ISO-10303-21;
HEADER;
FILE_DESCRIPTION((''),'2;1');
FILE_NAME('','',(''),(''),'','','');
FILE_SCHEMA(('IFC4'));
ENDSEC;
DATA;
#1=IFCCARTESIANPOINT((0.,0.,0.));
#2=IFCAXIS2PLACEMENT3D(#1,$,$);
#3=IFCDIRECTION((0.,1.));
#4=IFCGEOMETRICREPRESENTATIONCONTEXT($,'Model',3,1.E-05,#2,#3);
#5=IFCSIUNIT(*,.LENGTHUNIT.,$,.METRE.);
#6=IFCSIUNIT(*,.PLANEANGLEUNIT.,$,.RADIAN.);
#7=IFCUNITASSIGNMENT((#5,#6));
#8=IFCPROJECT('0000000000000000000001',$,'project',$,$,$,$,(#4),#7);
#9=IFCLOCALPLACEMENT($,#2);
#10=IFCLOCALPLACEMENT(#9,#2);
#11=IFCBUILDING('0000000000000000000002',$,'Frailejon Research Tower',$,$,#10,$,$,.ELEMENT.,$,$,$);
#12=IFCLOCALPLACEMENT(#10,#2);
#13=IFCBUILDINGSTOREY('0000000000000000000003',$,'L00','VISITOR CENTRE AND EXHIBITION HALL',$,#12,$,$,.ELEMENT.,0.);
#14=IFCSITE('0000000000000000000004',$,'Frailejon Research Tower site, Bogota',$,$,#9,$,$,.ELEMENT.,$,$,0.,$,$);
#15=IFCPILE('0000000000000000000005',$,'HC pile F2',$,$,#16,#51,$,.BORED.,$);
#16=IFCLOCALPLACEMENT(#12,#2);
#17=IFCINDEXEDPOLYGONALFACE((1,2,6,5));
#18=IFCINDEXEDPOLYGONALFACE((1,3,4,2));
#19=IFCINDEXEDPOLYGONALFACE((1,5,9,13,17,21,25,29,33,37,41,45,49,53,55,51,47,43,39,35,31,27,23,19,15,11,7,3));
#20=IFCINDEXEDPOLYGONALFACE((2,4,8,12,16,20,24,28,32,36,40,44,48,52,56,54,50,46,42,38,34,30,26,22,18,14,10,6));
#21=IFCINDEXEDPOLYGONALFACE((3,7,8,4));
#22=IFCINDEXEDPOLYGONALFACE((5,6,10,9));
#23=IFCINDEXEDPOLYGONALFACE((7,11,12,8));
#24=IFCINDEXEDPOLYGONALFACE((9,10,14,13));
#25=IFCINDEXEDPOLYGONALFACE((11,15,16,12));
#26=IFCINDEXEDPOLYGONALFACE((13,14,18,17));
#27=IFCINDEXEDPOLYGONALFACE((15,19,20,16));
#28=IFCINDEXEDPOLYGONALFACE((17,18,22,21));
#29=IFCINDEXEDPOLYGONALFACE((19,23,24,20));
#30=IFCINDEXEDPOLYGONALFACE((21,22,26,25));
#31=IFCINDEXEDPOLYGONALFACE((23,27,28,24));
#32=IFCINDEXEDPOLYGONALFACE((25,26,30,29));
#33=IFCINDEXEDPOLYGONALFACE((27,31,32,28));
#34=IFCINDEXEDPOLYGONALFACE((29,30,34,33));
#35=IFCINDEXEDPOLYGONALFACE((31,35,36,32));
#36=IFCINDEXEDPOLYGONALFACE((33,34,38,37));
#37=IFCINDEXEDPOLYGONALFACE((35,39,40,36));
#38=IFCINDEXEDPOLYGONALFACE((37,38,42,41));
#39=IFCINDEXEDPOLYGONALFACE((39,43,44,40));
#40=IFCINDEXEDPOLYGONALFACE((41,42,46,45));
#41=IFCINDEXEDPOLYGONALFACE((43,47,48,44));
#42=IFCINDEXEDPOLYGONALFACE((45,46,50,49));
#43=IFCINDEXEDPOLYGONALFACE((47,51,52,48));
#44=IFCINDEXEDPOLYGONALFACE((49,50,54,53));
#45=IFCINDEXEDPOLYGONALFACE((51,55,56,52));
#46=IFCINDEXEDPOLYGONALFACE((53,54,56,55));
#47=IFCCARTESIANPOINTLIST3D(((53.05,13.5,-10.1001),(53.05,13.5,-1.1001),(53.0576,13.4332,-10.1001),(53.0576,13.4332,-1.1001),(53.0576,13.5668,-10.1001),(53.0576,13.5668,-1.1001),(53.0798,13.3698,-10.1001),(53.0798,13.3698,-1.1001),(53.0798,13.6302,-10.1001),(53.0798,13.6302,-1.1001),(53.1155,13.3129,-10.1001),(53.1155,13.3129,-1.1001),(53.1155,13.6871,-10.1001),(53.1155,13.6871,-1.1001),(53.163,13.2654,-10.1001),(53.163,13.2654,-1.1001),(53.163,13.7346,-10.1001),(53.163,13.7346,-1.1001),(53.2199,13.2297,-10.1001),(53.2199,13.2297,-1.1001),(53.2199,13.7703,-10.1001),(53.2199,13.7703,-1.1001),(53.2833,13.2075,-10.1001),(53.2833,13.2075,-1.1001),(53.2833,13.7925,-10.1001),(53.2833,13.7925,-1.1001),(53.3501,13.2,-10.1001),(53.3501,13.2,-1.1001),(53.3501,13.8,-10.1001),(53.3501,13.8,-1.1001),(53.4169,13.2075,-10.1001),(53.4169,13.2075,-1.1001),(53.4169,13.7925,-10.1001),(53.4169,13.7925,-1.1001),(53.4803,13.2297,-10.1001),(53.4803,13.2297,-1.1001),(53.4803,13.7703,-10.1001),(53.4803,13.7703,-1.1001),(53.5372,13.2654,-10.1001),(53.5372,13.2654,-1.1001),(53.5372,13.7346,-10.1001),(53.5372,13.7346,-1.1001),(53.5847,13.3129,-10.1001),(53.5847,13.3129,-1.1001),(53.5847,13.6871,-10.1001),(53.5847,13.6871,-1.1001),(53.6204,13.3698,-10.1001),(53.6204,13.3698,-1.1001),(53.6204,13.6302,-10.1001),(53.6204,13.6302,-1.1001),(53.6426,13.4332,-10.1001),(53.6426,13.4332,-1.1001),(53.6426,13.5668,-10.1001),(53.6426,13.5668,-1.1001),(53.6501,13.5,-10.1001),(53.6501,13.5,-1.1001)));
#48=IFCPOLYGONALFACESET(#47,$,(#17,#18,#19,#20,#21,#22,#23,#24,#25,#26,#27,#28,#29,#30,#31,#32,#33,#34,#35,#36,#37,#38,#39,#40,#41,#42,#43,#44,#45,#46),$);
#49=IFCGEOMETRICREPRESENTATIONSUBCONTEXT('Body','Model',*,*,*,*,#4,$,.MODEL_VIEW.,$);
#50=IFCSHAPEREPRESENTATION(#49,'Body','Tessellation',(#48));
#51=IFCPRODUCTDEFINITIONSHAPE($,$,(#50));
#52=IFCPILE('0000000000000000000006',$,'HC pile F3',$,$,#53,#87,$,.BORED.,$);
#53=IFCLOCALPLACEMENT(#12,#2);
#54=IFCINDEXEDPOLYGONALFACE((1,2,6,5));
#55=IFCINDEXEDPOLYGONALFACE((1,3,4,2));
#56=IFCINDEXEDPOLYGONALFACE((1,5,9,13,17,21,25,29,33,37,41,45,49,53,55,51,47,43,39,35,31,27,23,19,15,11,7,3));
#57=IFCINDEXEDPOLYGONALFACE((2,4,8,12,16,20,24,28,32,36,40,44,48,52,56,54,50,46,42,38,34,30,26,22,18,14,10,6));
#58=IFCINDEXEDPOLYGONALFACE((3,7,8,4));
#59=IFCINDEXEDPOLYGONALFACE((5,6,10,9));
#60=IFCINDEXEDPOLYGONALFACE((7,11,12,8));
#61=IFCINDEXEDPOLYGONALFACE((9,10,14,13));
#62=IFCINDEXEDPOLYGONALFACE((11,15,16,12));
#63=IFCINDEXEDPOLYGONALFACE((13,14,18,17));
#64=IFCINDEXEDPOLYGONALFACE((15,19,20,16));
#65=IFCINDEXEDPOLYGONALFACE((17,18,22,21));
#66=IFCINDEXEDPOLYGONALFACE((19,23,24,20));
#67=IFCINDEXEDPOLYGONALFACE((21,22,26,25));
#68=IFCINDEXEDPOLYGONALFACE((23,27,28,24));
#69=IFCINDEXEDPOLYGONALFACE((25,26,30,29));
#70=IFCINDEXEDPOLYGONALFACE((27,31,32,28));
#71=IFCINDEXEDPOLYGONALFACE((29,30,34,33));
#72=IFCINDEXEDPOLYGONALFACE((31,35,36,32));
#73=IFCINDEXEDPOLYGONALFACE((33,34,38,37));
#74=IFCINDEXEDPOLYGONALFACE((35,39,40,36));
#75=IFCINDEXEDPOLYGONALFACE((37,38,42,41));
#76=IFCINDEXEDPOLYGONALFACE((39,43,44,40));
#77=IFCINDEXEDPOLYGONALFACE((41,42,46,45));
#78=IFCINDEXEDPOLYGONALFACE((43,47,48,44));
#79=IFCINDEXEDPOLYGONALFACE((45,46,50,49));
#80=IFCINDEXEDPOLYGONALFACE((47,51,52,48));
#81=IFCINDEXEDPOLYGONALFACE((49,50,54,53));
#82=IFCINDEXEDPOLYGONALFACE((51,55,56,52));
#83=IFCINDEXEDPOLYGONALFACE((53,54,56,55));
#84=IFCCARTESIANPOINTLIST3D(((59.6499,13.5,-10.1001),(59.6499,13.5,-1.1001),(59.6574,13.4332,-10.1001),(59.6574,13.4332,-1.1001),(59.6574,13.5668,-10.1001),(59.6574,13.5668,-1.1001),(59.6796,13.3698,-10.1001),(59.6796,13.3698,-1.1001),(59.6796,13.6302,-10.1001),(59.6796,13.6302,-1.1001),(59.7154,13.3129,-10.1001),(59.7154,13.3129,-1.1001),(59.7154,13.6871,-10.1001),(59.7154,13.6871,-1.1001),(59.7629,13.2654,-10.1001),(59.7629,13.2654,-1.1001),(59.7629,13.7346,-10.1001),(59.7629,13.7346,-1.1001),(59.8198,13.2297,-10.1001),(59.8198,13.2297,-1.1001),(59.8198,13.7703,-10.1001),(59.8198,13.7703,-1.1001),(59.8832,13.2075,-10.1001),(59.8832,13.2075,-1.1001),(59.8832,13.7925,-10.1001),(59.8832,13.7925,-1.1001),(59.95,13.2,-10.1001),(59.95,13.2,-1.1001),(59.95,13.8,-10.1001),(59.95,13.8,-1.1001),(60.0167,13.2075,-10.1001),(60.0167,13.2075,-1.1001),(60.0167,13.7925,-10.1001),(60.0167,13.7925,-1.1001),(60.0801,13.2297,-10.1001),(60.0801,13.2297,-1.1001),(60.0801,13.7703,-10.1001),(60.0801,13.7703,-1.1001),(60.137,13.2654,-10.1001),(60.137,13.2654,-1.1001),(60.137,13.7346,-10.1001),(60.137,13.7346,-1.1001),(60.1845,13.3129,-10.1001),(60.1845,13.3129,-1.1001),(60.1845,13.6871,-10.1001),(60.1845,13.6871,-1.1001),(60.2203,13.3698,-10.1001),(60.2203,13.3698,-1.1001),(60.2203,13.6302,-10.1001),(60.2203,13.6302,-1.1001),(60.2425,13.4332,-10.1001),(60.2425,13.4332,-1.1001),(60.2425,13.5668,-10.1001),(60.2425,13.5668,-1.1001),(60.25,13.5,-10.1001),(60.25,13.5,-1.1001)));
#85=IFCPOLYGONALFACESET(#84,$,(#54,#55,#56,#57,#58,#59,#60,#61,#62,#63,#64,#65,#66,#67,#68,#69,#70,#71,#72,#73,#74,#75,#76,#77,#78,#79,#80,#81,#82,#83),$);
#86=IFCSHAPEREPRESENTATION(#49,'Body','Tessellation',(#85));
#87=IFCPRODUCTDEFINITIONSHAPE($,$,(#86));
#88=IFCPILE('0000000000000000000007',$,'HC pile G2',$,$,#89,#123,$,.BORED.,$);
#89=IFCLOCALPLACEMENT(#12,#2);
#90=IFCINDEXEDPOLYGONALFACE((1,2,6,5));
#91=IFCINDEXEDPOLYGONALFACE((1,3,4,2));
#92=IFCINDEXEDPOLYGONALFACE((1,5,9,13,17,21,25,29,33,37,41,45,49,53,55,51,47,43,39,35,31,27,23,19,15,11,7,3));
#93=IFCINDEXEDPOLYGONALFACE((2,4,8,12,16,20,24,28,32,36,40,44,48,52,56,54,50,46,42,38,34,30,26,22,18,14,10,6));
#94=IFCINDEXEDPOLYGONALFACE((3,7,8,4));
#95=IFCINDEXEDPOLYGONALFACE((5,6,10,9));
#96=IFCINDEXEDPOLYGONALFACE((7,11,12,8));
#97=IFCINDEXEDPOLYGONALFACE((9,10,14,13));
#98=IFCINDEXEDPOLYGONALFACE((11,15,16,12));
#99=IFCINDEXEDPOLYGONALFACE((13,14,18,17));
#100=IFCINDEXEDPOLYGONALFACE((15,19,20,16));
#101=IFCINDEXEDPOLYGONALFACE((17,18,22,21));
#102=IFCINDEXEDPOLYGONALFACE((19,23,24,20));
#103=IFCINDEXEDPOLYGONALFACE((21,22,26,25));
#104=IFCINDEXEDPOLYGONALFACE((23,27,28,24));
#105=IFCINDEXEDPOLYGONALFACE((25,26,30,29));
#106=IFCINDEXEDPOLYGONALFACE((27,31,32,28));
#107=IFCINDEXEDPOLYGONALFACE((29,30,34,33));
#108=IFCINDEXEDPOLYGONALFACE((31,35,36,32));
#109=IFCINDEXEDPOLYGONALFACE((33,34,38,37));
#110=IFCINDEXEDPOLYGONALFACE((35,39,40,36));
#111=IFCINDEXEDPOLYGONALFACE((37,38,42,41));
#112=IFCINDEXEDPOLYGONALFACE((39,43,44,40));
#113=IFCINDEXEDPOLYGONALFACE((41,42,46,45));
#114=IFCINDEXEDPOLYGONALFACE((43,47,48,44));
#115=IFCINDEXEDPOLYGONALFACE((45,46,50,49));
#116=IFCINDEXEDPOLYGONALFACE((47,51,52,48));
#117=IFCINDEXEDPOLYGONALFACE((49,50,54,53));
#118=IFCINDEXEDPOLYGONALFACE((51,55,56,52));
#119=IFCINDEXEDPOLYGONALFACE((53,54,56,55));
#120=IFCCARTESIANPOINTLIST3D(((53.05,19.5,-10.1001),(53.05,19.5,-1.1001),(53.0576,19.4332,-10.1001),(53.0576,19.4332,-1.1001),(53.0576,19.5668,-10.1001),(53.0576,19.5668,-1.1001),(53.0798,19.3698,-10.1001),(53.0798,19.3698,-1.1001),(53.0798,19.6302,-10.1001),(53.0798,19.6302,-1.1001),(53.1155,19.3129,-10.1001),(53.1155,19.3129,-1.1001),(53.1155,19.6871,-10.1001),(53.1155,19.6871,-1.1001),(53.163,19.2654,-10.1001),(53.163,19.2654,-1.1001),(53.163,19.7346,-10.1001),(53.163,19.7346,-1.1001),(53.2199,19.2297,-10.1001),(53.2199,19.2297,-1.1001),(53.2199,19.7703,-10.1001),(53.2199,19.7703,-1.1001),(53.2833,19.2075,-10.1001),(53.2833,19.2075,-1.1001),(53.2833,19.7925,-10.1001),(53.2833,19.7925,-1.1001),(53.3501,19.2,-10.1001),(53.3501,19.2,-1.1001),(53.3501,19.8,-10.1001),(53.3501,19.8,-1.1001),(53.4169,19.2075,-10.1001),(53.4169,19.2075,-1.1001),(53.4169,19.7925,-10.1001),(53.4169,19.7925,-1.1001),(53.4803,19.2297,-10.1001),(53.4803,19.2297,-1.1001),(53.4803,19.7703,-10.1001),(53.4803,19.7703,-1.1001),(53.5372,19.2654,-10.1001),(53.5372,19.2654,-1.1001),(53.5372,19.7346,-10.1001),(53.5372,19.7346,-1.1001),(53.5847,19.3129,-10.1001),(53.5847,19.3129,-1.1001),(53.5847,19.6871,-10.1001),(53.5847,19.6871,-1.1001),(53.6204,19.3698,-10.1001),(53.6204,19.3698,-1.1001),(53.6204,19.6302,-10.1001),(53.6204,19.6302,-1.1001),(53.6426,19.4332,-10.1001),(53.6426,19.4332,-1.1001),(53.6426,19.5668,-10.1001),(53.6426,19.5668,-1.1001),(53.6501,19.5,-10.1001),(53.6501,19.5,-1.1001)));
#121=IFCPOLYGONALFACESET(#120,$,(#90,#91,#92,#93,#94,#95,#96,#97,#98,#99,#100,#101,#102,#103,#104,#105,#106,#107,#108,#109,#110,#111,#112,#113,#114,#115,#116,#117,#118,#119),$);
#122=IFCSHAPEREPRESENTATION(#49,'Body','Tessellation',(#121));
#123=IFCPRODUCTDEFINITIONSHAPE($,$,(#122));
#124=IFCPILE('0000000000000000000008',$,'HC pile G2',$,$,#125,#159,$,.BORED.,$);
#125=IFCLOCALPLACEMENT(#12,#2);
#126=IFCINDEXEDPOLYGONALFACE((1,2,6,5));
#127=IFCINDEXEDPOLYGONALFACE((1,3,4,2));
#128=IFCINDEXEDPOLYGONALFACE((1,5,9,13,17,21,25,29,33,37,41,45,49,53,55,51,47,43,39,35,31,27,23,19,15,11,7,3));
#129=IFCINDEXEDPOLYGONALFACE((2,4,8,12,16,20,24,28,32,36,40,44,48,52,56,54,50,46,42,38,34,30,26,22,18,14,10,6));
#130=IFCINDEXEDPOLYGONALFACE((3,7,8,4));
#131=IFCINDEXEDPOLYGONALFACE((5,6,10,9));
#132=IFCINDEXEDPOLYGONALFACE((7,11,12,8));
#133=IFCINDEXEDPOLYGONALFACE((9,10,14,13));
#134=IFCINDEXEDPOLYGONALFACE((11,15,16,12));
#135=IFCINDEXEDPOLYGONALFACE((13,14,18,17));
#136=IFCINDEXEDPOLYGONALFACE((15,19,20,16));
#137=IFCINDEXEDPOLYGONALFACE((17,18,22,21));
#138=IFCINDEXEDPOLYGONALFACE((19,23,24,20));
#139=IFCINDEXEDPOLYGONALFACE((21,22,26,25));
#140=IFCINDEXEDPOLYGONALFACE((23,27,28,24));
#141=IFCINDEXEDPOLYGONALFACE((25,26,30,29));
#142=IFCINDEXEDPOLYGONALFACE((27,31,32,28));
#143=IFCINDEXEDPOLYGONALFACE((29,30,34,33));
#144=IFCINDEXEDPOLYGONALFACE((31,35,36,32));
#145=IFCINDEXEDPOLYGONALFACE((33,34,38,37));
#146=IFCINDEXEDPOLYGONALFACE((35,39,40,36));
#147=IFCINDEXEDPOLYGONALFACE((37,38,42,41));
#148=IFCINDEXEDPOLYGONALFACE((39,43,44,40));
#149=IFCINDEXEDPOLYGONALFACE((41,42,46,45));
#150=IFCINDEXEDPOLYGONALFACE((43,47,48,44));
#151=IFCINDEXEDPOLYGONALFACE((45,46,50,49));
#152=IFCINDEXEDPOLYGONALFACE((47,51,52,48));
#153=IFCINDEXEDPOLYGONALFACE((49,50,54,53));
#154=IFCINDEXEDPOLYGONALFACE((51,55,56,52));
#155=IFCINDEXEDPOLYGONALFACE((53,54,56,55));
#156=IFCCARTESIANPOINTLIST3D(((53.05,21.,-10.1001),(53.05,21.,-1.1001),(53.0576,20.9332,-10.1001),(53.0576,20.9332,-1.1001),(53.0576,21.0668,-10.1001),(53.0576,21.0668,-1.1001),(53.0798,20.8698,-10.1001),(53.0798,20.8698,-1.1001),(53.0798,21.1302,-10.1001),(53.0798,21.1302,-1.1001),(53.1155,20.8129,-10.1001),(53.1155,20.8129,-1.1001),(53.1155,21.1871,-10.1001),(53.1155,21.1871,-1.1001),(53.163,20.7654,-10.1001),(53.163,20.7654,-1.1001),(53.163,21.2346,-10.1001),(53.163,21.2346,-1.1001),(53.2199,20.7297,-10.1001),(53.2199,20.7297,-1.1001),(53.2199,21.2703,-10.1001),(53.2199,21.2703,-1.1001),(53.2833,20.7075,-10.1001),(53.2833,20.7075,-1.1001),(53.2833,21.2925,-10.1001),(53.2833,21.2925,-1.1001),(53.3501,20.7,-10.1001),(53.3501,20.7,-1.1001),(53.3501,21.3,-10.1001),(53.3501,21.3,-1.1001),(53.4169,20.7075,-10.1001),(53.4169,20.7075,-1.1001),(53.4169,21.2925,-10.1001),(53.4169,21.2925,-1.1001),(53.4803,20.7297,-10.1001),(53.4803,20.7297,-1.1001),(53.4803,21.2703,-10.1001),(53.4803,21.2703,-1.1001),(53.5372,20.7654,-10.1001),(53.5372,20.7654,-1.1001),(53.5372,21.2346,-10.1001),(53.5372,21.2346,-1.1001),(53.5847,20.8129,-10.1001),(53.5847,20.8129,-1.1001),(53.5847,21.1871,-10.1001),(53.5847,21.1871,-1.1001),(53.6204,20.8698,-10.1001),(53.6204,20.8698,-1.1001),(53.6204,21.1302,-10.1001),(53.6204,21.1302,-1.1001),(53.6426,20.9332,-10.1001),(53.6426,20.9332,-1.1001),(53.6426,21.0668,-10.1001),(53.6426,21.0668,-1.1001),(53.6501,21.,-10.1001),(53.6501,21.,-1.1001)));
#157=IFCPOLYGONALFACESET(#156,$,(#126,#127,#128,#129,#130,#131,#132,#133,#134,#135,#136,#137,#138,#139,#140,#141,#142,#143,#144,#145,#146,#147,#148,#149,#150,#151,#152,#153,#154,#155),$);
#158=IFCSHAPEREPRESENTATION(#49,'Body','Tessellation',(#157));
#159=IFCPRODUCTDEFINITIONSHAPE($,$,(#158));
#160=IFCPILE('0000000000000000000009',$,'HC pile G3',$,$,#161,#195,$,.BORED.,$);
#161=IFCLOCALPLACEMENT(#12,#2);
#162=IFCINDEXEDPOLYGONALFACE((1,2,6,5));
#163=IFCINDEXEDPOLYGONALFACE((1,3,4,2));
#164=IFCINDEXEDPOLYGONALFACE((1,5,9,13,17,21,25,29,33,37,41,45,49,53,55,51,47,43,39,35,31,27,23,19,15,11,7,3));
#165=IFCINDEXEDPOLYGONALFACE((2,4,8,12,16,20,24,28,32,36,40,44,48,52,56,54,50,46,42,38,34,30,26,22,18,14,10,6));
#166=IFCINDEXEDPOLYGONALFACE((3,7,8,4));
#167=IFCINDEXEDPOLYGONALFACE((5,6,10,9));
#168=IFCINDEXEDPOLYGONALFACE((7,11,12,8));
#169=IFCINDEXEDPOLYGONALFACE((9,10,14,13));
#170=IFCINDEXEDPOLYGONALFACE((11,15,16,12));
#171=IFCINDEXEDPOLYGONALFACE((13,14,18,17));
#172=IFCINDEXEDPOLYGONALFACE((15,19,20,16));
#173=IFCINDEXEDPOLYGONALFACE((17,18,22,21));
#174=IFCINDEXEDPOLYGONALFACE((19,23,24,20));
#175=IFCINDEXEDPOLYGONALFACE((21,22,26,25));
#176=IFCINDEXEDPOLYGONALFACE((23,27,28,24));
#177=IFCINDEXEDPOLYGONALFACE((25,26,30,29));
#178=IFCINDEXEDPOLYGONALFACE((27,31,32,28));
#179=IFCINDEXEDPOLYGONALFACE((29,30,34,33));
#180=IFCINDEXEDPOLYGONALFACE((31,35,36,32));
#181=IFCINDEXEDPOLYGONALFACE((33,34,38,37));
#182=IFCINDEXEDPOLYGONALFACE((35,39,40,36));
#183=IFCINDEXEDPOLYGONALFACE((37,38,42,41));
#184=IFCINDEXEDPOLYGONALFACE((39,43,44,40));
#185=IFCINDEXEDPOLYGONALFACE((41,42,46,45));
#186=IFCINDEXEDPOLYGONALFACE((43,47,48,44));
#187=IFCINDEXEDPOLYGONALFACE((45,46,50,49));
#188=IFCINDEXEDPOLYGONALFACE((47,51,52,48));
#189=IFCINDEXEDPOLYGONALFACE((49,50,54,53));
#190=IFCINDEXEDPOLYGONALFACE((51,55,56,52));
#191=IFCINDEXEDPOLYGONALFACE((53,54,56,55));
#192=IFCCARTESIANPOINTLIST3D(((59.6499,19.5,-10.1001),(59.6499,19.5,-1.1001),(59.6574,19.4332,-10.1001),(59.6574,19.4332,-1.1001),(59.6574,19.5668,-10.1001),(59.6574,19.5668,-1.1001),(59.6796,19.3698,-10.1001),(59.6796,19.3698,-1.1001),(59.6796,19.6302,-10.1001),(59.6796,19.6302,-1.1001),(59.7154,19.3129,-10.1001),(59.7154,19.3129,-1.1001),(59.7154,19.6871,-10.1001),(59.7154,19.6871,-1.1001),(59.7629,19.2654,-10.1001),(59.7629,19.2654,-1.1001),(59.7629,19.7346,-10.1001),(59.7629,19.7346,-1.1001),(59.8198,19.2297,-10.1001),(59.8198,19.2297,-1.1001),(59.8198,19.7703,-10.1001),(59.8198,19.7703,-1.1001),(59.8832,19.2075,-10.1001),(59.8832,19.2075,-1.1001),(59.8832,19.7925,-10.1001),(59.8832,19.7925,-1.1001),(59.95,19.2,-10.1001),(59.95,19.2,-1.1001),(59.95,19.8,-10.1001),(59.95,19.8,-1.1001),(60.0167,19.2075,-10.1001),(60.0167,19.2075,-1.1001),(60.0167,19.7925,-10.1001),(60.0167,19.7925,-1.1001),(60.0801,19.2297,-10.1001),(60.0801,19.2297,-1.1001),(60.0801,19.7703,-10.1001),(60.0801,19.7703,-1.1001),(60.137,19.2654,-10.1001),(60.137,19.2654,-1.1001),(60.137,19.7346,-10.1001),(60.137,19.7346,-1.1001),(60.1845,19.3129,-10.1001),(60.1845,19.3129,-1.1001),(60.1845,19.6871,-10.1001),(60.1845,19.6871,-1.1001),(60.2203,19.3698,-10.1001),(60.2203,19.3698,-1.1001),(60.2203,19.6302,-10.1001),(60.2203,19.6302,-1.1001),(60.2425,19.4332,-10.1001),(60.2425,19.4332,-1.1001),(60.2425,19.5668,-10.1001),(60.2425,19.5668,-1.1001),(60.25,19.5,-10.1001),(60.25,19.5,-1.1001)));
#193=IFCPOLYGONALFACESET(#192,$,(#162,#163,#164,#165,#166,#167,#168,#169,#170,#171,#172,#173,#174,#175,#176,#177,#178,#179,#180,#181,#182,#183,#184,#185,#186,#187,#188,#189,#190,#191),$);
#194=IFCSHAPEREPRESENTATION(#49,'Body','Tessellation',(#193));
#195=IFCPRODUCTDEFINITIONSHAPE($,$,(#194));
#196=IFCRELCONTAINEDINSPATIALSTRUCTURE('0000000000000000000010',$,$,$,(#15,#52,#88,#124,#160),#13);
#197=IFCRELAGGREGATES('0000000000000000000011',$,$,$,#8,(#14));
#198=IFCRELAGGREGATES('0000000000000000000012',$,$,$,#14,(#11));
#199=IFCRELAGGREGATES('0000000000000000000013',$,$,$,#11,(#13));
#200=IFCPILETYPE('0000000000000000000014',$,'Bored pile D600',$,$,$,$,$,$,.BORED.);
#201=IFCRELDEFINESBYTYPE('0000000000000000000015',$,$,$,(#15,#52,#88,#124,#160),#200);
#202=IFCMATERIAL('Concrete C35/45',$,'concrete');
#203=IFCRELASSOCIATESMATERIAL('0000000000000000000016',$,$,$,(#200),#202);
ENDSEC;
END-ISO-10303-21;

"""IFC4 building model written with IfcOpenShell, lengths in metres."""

from ifc_helpers import new_model, si_unit, direction, frame, origin, origin_2d, place, context, subcontext, project, spatial, circle, extrude, material, material_profile, profile_set, type_object, element, save


model = new_model("IFC4")

# Units and contexts
model_context = context("Model", 3, precision=1e-05, world=origin(), true_north=direction((0.0, 1.0)))
body_context = subcontext(model_context, "Body", "Model", "MODEL_VIEW")
ifc_project = project(units=[si_unit("LENGTHUNIT", "METRE"), si_unit("PLANEANGLEUNIT", "RADIAN")], contexts=[model_context])

# Site, building, storey
site_placement = place(None, origin())
site = spatial("IfcSite", under=ifc_project, at=site_placement, Name="Frailejon Research Tower site, Bogota", CompositionType="ELEMENT", RefElevation=0.0)
building_placement = place(site_placement, origin())
building = spatial("IfcBuilding", under=site, at=building_placement, Name="Frailejon Research Tower", CompositionType="ELEMENT")
storey_placement = place(building_placement, origin())
storey = spatial("IfcBuildingStorey", under=building, at=storey_placement, Name="L00", Description="VISITOR CENTRE AND EXHIBITION HALL", CompositionType="ELEMENT", Elevation=0.0)

# Piles
ifc_material_1 = material(Name="Concrete C35/45", Category="concrete")
ifc_material_profile_1 = material_profile(ifc_material_1, circle(Radius=0.3, at=origin_2d()), Name="Bored pile D600")
ifc_profile_set_1 = profile_set([ifc_material_profile_1], Name="Concrete C35/45")
pile_type = type_object("IfcPileType", Name="Bored pile D600", PredefinedType="BORED", material=ifc_profile_set_1)
for number, where, z_axis, x_axis, name in (
    (1, (53.3501, 13.5, -1.1001), (0.0, 0.0, -1.0), (1.0, 0.0, 0.0), "HC pile F2"),
    (2, (59.95, 13.5, -1.1001), (0.0, 0.0, -1.0), (1.0, 0.0, 0.0), "HC pile F3"),
    (3, (53.3501, 19.5, -1.1001), (0.0, 0.0, -1.0), (1.0, 0.0, 0.0), "HC pile G2"),
    (4, (53.3501, 21.0, -1.1001), (0.0, 0.0, -1.0), (1.0, 0.0, 0.0), "HC pile G2"),
    (5, (59.95, 19.5, -1.1001), (0.0, 0.0, -1.0), (1.0, 0.0, 0.0), "HC pile G3"),
):
    element("IfcPile", number, at=place(storey_placement, frame(where, z_axis=z_axis, x_axis=x_axis)), inside=storey, type_object=pile_type, Name=name, PredefinedType="BORED", context=body_context, shape_type="SweptSolid", body=[
        extrude(circle(Radius=0.3, at=origin_2d()), origin(), (0.0, 0.0, 1.0), 9.0),
    ])

save(model, "model.ifc")
